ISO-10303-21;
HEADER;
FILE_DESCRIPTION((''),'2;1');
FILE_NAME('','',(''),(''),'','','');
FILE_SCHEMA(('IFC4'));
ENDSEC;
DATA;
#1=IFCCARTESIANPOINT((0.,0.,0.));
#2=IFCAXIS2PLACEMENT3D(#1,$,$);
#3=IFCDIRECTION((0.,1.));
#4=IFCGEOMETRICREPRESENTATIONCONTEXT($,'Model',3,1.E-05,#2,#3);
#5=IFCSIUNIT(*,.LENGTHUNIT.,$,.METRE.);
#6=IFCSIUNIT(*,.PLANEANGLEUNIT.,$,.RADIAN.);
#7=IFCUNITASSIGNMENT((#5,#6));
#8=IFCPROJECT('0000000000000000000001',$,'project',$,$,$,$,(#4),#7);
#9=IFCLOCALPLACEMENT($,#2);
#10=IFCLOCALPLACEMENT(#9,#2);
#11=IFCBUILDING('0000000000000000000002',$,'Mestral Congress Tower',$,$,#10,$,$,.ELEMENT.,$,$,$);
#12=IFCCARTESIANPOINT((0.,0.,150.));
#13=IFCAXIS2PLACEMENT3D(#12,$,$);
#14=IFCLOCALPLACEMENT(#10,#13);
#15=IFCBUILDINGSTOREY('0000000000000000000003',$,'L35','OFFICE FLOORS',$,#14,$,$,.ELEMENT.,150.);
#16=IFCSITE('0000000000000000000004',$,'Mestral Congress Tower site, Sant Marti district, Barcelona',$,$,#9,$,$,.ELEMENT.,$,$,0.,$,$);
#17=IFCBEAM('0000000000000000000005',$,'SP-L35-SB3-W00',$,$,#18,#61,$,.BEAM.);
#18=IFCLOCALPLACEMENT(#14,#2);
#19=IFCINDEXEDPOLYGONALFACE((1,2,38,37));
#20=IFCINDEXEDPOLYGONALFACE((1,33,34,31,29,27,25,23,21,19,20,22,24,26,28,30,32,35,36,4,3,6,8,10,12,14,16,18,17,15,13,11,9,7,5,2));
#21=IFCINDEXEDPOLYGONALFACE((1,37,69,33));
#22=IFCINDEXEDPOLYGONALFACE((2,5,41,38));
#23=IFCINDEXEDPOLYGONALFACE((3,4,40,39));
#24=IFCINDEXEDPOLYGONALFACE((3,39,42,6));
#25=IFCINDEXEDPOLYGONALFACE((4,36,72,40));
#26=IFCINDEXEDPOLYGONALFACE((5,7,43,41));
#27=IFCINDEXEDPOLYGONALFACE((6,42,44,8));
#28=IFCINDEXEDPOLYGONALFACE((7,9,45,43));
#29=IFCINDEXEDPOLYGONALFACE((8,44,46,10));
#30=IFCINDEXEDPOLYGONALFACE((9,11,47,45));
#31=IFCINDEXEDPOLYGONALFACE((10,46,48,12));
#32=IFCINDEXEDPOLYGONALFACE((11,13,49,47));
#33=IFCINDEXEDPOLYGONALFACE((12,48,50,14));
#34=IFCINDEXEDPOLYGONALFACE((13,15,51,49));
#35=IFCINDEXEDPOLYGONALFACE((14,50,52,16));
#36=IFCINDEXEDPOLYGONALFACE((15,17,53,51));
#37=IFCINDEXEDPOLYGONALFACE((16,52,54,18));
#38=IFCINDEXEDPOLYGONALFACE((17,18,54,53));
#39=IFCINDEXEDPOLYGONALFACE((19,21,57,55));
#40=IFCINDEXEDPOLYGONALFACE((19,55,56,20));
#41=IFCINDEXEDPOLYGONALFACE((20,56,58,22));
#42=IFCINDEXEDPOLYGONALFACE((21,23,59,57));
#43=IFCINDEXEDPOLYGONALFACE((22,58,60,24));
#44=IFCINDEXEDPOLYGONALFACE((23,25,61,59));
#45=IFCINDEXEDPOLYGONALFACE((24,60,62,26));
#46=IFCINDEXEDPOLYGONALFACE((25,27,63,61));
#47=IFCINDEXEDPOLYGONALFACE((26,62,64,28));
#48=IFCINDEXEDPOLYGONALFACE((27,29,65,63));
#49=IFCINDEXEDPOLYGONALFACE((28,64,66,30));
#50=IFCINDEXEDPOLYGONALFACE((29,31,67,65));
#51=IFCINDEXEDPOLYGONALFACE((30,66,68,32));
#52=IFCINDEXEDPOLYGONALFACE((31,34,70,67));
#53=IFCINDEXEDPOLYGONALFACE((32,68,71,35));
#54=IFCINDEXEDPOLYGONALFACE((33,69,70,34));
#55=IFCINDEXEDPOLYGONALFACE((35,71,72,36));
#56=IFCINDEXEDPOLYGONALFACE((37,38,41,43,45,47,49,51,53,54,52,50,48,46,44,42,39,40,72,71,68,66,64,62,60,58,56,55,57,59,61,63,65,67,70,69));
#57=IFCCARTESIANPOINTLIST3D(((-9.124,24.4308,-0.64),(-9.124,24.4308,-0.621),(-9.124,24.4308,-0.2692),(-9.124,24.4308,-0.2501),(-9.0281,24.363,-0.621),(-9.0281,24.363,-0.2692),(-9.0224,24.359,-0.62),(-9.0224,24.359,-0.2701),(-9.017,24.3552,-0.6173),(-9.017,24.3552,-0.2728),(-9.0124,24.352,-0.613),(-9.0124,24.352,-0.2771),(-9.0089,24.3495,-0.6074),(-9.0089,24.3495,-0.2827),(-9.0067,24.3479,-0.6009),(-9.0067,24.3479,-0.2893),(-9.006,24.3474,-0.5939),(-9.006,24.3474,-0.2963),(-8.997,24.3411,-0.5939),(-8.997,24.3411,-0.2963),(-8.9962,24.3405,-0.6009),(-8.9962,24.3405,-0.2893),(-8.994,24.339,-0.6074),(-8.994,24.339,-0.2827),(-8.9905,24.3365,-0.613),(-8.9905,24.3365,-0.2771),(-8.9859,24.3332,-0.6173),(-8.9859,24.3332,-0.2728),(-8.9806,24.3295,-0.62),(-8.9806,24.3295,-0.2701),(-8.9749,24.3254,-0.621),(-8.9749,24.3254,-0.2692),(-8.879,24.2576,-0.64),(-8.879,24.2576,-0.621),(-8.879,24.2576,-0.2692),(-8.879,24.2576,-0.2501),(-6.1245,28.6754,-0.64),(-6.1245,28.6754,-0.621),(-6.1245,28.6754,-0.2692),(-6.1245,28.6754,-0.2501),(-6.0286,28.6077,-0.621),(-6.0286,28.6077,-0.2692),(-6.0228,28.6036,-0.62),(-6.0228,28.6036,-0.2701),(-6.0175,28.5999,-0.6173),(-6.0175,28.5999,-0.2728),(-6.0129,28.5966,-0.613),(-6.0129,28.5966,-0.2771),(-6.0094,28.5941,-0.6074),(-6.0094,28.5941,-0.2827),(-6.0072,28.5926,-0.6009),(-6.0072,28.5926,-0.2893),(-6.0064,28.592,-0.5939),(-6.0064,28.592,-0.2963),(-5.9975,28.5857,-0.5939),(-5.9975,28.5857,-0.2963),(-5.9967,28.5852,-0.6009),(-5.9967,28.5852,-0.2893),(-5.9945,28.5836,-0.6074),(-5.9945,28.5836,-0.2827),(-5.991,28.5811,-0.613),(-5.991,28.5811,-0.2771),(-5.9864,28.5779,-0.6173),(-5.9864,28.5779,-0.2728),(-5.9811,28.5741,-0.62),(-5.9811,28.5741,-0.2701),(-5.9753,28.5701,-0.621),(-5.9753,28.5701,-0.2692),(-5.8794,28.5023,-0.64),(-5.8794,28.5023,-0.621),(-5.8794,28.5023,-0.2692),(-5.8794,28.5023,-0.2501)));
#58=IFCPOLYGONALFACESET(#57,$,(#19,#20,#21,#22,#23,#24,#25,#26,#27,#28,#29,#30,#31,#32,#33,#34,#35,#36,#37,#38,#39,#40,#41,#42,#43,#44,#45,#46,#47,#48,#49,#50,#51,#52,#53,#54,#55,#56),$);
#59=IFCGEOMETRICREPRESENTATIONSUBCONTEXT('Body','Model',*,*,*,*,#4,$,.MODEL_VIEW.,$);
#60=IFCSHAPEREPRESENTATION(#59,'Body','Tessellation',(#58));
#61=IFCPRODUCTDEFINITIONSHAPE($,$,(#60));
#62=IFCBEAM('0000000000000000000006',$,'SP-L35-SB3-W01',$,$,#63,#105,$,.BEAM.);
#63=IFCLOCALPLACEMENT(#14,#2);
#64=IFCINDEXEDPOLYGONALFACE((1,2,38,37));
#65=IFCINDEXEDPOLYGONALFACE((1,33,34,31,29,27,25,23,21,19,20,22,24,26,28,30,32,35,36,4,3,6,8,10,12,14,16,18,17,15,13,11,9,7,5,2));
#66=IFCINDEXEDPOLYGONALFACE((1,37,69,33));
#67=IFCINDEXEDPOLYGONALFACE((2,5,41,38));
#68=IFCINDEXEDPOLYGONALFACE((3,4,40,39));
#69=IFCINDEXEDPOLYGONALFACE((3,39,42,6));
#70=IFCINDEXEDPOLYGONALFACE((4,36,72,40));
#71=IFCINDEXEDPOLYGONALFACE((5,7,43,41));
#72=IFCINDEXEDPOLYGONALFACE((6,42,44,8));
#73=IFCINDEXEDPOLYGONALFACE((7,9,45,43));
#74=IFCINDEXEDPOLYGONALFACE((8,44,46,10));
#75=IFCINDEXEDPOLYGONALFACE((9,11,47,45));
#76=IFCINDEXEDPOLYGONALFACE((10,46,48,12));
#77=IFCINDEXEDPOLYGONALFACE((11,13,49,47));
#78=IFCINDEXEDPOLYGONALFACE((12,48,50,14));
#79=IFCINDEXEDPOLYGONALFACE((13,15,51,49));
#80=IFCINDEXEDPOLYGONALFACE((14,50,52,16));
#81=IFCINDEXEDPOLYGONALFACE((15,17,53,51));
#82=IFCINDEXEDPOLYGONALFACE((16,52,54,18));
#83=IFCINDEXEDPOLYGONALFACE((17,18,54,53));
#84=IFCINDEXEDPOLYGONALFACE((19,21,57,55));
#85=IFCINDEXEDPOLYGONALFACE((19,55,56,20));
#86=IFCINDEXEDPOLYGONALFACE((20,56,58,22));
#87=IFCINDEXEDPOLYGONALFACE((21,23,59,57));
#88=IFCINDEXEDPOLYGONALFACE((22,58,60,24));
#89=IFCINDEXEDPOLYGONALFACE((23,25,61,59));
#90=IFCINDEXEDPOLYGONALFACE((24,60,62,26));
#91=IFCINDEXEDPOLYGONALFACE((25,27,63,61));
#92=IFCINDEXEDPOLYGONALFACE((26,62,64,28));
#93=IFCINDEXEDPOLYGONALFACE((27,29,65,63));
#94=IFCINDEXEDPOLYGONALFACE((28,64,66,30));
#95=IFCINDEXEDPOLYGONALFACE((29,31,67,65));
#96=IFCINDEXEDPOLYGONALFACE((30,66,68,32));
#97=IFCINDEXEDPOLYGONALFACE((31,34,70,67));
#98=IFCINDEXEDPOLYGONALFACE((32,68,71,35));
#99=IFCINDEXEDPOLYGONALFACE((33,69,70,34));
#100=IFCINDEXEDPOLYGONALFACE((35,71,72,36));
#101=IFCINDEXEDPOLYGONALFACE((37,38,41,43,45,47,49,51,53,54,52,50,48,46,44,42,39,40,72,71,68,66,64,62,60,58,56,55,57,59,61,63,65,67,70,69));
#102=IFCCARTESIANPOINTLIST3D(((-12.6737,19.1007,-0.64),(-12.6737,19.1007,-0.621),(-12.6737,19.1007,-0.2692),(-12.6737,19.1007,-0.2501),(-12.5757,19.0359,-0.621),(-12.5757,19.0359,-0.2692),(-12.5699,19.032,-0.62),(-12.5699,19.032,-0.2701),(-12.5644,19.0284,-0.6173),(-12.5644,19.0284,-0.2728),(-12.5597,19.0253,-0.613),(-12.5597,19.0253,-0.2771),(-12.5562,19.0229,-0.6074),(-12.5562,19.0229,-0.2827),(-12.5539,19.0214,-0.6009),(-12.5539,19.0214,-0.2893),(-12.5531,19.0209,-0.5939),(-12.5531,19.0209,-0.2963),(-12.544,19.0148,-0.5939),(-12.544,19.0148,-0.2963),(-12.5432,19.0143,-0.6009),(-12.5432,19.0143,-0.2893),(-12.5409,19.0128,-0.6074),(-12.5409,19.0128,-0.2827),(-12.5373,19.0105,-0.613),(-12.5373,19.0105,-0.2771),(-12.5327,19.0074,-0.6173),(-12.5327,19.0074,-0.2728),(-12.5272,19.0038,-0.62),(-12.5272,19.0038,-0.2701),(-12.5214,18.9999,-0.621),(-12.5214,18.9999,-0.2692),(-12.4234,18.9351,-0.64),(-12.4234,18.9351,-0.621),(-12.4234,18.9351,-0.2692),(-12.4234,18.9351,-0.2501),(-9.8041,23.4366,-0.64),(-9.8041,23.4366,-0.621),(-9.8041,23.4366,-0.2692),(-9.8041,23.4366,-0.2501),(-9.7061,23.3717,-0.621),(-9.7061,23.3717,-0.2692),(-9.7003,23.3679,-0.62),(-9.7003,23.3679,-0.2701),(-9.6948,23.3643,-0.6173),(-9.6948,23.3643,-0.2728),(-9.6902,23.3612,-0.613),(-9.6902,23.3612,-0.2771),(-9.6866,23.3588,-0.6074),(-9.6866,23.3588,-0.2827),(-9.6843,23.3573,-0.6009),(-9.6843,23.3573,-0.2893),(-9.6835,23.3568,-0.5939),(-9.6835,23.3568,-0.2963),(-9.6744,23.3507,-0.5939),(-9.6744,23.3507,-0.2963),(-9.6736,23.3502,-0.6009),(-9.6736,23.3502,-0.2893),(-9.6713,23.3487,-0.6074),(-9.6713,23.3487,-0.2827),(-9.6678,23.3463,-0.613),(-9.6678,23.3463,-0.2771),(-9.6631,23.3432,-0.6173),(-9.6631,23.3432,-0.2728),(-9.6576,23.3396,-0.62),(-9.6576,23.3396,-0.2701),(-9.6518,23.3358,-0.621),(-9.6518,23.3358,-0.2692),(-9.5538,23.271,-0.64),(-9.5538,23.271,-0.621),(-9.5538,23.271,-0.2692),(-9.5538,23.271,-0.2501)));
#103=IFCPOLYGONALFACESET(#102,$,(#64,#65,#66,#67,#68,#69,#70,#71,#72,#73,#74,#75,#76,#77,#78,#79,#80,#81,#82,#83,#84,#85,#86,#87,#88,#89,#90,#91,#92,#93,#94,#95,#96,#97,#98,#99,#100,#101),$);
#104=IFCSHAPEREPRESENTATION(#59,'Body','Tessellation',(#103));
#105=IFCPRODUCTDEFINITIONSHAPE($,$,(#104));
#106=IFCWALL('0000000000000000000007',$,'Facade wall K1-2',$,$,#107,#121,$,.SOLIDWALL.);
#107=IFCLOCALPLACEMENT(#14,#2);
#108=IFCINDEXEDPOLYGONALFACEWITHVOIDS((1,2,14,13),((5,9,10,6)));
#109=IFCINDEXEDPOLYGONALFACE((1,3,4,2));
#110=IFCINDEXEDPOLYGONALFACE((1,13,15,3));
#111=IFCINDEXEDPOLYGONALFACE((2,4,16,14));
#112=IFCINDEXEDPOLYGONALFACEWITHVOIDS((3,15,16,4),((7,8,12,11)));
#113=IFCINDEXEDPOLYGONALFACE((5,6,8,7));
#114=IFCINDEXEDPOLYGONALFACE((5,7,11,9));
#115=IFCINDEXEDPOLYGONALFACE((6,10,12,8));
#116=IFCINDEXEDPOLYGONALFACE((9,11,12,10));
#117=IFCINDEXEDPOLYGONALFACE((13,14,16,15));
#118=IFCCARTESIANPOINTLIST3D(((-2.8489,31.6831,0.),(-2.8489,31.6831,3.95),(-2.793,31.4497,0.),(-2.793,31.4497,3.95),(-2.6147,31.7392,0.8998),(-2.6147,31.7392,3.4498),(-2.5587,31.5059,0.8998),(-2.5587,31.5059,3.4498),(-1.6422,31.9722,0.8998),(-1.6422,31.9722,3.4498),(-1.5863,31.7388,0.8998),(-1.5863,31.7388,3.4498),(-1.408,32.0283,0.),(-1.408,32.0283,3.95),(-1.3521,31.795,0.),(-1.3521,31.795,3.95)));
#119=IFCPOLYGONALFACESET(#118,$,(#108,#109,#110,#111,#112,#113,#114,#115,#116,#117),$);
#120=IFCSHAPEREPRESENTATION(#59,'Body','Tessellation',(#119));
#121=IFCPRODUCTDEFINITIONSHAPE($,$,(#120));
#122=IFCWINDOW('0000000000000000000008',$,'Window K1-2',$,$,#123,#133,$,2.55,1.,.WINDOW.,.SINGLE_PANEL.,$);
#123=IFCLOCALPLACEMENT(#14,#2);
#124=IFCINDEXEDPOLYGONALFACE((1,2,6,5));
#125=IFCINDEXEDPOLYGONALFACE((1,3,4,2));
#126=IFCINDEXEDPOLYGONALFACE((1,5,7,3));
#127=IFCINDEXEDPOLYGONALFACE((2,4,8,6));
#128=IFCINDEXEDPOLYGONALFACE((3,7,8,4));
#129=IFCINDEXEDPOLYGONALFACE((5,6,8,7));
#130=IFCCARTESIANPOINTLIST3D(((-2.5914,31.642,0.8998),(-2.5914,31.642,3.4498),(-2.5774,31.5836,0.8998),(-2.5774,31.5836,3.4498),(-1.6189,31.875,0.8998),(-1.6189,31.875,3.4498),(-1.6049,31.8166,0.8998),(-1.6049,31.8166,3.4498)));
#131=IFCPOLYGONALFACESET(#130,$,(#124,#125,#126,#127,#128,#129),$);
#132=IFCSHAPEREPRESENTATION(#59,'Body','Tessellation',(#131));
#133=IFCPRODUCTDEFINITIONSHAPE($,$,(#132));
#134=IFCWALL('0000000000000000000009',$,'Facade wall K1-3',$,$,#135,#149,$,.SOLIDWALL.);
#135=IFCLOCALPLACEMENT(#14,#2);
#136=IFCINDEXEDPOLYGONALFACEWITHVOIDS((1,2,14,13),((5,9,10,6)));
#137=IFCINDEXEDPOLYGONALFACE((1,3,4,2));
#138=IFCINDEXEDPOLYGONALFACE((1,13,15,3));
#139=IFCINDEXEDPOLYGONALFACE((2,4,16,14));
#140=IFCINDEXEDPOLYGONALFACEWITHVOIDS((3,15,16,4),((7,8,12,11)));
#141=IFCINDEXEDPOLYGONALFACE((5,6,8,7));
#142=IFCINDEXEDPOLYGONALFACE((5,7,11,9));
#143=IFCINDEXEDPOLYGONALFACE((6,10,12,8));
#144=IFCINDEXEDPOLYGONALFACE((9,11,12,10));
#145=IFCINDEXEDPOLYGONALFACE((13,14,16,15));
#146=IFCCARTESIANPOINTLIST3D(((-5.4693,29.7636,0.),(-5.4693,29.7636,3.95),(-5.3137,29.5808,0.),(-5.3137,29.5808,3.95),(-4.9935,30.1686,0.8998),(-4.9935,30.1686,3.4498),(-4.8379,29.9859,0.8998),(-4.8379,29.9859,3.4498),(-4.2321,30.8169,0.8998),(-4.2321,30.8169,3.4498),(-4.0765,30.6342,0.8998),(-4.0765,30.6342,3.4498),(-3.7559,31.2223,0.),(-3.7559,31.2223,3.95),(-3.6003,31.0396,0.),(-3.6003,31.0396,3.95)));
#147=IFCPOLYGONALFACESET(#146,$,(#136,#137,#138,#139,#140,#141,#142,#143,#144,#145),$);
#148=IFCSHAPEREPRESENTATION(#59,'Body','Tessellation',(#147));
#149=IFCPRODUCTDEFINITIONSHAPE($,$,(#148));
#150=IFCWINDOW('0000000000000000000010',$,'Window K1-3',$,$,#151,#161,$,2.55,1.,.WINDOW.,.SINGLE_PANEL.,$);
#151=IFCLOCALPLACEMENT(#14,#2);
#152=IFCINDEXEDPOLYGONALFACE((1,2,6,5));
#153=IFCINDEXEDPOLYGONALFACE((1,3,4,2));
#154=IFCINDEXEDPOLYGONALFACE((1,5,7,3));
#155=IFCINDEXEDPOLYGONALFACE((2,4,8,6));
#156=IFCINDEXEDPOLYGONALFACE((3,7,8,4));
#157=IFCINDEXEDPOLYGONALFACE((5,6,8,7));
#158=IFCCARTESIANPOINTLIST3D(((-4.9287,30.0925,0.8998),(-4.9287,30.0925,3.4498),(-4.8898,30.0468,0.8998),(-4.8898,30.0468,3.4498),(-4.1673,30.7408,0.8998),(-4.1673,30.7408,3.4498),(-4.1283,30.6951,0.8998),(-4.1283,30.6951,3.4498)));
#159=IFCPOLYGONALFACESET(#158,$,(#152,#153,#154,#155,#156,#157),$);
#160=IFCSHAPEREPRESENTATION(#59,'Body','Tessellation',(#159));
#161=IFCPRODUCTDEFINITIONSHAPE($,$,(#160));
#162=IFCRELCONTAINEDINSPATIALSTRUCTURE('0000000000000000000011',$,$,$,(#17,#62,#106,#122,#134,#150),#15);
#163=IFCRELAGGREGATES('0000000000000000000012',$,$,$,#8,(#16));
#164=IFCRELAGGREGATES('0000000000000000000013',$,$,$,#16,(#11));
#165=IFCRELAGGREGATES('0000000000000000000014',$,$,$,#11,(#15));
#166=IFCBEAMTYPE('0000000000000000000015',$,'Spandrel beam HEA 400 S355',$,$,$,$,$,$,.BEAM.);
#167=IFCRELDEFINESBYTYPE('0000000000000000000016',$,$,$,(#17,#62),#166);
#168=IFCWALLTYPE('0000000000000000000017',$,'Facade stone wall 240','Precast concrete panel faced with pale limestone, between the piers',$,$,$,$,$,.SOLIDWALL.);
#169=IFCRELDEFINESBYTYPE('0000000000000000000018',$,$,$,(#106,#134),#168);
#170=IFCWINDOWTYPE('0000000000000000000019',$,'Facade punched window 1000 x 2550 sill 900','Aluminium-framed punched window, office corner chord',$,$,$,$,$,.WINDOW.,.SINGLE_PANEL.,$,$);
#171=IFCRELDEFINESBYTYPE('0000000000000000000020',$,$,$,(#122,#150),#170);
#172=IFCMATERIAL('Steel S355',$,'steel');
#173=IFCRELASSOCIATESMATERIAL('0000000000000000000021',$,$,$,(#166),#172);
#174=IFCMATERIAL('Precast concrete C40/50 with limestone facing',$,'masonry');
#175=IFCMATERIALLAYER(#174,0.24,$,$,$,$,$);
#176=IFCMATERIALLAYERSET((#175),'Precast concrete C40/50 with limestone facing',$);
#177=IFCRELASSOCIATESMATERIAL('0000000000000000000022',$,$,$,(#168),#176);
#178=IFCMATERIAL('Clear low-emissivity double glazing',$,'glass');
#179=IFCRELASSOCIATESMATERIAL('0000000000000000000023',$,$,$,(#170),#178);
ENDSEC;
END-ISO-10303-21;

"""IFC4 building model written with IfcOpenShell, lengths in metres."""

from ifc_helpers import new_model, si_unit, direction, frame, frame_2d, origin, origin_2d, place, context, subcontext, project, spatial, rectangle, i_section, extrude, material, layer, layer_set, material_profile, profile_set, type_object, element, fill, save


model = new_model("IFC4")

# Units and contexts
model_context = context("Model", 3, precision=1e-05, world=origin(), true_north=direction((0.0, 1.0)))
body_context = subcontext(model_context, "Body", "Model", "MODEL_VIEW")
ifc_project = project(units=[si_unit("LENGTHUNIT", "METRE"), si_unit("PLANEANGLEUNIT", "RADIAN")], contexts=[model_context])

# Site, building, storey
site_placement = place(None, origin())
site = spatial("IfcSite", under=ifc_project, at=site_placement, Name="Mestral Congress Tower site, Sant Marti district, Barcelona", CompositionType="ELEMENT", RefElevation=0.0)
building_placement = place(site_placement, origin())
building = spatial("IfcBuilding", under=site, at=building_placement, Name="Mestral Congress Tower", CompositionType="ELEMENT")
storey_placement = place(building_placement, frame((0.0, 0.0, 150.0)))
storey = spatial("IfcBuildingStorey", under=building, at=storey_placement, Name="L35", Description="OFFICE FLOORS", CompositionType="ELEMENT", Elevation=150.0)

# Beams
ifc_material_1 = material(Name="Steel S355", Category="steel")
ifc_material_profile_1 = material_profile(ifc_material_1, i_section(OverallWidth=0.3, OverallDepth=0.3899, WebThickness=0.011, FlangeThickness=0.019, FilletRadius=0.0271, at=origin_2d()), Name="HEA 400")
ifc_profile_set_1 = profile_set([ifc_material_profile_1], Name="Steel S355")
beam_type_1 = type_object("IfcBeamType", Name="Spandrel beam HEA 400 S355", PredefinedType="BEAM", material=ifc_profile_set_1)
beam_1_placement = place(storey_placement, frame((-6.002, 28.5889, -0.4451), z_axis=(-0.577107, -0.816668, 0.0), x_axis=(0.816668, -0.577107, 0.0)))
element("IfcBeam", 1, at=beam_1_placement, inside=storey, type_object=beam_type_1, Name="SP-L35-SB3-W00", PredefinedType="BEAM", context=body_context, shape_type="SweptSolid", body=[
    extrude(i_section(OverallWidth=0.3, OverallDepth=0.3899, WebThickness=0.011, FlangeThickness=0.019, FilletRadius=0.0271, at=origin_2d()), origin(), (0.0, 0.0, 1.0), 5.1975),
])
beam_2_placement = place(storey_placement, frame((-9.679, 23.3538, -0.4451), z_axis=(-0.551901, -0.833909, 0.0), x_axis=(0.833909, -0.551901, 0.0)))
element("IfcBeam", 2, at=beam_2_placement, inside=storey, type_object=beam_type_1, Name="SP-L35-SB3-W01", PredefinedType="BEAM", context=body_context, shape_type="SweptSolid", body=[
    extrude(i_section(OverallWidth=0.3, OverallDepth=0.3899, WebThickness=0.011, FlangeThickness=0.019, FilletRadius=0.0271, at=origin_2d()), origin(), (0.0, 0.0, 1.0), 5.1995),
])

# Walls, openings, windows
ifc_material_2 = material(Name="Precast concrete C40/50 with limestone facing", Category="masonry")
ifc_layer_1 = layer(ifc_material_2, 0.24)
ifc_layer_set_1 = layer_set([ifc_layer_1], Name="Precast concrete C40/50 with limestone facing")
wall_type_1 = type_object("IfcWallType", Name="Facade stone wall 240", Description="Precast concrete panel faced with pale limestone, between the piers", PredefinedType="SOLIDWALL", material=ifc_layer_set_1)
wall_1_placement = place(storey_placement, frame((-1.3801, 31.9116, 0.0), z_axis=(0.0, 0.0, 1.0), x_axis=(-0.97248, -0.232987, 0.0)))
wall_1 = element("IfcWall", 3, at=wall_1_placement, inside=storey, type_object=wall_type_1, Name="Facade wall K1-2", PredefinedType="SOLIDWALL", context=body_context, shape_type="SweptSolid", body=[
    extrude(rectangle(XDim=1.4817, YDim=0.24, at=frame_2d((0.7407, 0.0))), origin(), (0.0, 0.0, 1.0), 3.95),
])
opening_1_placement = place(wall_1_placement, frame((0.2407, 0.0, 0.8999)))
opening_1 = element("IfcOpeningElement", 4, at=opening_1_placement, cuts=wall_1, PredefinedType="OPENING", context=body_context, shape_type="SweptSolid", body=[
    extrude(rectangle(XDim=1.0, YDim=2.55, at=frame_2d((0.5, 1.2749))), frame((0.0, 0.1299, 0.0), z_axis=(0.0, -1.0, 0.0), x_axis=(1.0, 0.0, 0.0)), (0.0, 0.0, 1.0), 0.26),
])
ifc_material_3 = material(Name="Clear low-emissivity double glazing", Category="glass")
window_type_1 = type_object("IfcWindowType", Name="Facade punched window 1000 x 2550 sill 900", Description="Aluminium-framed punched window, office corner chord", PartitioningType="SINGLE_PANEL", PredefinedType="WINDOW", material=ifc_material_3)
window_1_placement = place(opening_1_placement, origin())
window_1 = element("IfcWindow", 5, at=window_1_placement, inside=storey, type_object=window_type_1, Name="Window K1-2", OverallHeight=2.55, OverallWidth=1.0, PartitioningType="SINGLE_PANEL", PredefinedType="WINDOW", context=body_context, shape_type="SweptSolid", body=[
    extrude(rectangle(XDim=1.0, YDim=2.55, at=frame_2d((0.5, 1.2749))), frame((0.0, 0.04, 0.0), z_axis=(0.0, -1.0, 0.0), x_axis=(1.0, 0.0, 0.0)), (0.0, 0.0, 1.0), 0.0601),
])
fill(opening_1, window_1)
wall_2_placement = place(storey_placement, frame((-3.6782, 31.1309, 0.0), z_axis=(0.0, 0.0, 1.0), x_axis=(-0.76142, -0.648259, 0.0)))
wall_2 = element("IfcWall", 6, at=wall_2_placement, inside=storey, type_object=wall_type_1, Name="Facade wall K1-3", PredefinedType="SOLIDWALL", context=body_context, shape_type="SweptSolid", body=[
    extrude(rectangle(XDim=2.2502, YDim=0.24, at=frame_2d((1.125, 0.0))), origin(), (0.0, 0.0, 1.0), 3.95),
])
opening_2_placement = place(wall_2_placement, frame((0.6252, 0.0, 0.8999)))
opening_2 = element("IfcOpeningElement", 7, at=opening_2_placement, cuts=wall_2, PredefinedType="OPENING", context=body_context, shape_type="SweptSolid", body=[
    extrude(rectangle(XDim=1.0, YDim=2.55, at=frame_2d((0.5, 1.2749))), frame((0.0, 0.1299, 0.0), z_axis=(0.0, -1.0, 0.0), x_axis=(1.0, 0.0, 0.0)), (0.0, 0.0, 1.0), 0.26),
])
window_2_placement = place(opening_2_placement, origin())
window_2 = element("IfcWindow", 8, at=window_2_placement, inside=storey, type_object=window_type_1, Name="Window K1-3", OverallHeight=2.55, OverallWidth=1.0, PartitioningType="SINGLE_PANEL", PredefinedType="WINDOW", context=body_context, shape_type="SweptSolid", body=[
    extrude(rectangle(XDim=1.0, YDim=2.55, at=frame_2d((0.5, 1.2749))), frame((0.0, 0.04, 0.0), z_axis=(0.0, -1.0, 0.0), x_axis=(1.0, 0.0, 0.0)), (0.0, 0.0, 1.0), 0.0601),
])
fill(opening_2, window_2)

save(model, "model.ifc")
